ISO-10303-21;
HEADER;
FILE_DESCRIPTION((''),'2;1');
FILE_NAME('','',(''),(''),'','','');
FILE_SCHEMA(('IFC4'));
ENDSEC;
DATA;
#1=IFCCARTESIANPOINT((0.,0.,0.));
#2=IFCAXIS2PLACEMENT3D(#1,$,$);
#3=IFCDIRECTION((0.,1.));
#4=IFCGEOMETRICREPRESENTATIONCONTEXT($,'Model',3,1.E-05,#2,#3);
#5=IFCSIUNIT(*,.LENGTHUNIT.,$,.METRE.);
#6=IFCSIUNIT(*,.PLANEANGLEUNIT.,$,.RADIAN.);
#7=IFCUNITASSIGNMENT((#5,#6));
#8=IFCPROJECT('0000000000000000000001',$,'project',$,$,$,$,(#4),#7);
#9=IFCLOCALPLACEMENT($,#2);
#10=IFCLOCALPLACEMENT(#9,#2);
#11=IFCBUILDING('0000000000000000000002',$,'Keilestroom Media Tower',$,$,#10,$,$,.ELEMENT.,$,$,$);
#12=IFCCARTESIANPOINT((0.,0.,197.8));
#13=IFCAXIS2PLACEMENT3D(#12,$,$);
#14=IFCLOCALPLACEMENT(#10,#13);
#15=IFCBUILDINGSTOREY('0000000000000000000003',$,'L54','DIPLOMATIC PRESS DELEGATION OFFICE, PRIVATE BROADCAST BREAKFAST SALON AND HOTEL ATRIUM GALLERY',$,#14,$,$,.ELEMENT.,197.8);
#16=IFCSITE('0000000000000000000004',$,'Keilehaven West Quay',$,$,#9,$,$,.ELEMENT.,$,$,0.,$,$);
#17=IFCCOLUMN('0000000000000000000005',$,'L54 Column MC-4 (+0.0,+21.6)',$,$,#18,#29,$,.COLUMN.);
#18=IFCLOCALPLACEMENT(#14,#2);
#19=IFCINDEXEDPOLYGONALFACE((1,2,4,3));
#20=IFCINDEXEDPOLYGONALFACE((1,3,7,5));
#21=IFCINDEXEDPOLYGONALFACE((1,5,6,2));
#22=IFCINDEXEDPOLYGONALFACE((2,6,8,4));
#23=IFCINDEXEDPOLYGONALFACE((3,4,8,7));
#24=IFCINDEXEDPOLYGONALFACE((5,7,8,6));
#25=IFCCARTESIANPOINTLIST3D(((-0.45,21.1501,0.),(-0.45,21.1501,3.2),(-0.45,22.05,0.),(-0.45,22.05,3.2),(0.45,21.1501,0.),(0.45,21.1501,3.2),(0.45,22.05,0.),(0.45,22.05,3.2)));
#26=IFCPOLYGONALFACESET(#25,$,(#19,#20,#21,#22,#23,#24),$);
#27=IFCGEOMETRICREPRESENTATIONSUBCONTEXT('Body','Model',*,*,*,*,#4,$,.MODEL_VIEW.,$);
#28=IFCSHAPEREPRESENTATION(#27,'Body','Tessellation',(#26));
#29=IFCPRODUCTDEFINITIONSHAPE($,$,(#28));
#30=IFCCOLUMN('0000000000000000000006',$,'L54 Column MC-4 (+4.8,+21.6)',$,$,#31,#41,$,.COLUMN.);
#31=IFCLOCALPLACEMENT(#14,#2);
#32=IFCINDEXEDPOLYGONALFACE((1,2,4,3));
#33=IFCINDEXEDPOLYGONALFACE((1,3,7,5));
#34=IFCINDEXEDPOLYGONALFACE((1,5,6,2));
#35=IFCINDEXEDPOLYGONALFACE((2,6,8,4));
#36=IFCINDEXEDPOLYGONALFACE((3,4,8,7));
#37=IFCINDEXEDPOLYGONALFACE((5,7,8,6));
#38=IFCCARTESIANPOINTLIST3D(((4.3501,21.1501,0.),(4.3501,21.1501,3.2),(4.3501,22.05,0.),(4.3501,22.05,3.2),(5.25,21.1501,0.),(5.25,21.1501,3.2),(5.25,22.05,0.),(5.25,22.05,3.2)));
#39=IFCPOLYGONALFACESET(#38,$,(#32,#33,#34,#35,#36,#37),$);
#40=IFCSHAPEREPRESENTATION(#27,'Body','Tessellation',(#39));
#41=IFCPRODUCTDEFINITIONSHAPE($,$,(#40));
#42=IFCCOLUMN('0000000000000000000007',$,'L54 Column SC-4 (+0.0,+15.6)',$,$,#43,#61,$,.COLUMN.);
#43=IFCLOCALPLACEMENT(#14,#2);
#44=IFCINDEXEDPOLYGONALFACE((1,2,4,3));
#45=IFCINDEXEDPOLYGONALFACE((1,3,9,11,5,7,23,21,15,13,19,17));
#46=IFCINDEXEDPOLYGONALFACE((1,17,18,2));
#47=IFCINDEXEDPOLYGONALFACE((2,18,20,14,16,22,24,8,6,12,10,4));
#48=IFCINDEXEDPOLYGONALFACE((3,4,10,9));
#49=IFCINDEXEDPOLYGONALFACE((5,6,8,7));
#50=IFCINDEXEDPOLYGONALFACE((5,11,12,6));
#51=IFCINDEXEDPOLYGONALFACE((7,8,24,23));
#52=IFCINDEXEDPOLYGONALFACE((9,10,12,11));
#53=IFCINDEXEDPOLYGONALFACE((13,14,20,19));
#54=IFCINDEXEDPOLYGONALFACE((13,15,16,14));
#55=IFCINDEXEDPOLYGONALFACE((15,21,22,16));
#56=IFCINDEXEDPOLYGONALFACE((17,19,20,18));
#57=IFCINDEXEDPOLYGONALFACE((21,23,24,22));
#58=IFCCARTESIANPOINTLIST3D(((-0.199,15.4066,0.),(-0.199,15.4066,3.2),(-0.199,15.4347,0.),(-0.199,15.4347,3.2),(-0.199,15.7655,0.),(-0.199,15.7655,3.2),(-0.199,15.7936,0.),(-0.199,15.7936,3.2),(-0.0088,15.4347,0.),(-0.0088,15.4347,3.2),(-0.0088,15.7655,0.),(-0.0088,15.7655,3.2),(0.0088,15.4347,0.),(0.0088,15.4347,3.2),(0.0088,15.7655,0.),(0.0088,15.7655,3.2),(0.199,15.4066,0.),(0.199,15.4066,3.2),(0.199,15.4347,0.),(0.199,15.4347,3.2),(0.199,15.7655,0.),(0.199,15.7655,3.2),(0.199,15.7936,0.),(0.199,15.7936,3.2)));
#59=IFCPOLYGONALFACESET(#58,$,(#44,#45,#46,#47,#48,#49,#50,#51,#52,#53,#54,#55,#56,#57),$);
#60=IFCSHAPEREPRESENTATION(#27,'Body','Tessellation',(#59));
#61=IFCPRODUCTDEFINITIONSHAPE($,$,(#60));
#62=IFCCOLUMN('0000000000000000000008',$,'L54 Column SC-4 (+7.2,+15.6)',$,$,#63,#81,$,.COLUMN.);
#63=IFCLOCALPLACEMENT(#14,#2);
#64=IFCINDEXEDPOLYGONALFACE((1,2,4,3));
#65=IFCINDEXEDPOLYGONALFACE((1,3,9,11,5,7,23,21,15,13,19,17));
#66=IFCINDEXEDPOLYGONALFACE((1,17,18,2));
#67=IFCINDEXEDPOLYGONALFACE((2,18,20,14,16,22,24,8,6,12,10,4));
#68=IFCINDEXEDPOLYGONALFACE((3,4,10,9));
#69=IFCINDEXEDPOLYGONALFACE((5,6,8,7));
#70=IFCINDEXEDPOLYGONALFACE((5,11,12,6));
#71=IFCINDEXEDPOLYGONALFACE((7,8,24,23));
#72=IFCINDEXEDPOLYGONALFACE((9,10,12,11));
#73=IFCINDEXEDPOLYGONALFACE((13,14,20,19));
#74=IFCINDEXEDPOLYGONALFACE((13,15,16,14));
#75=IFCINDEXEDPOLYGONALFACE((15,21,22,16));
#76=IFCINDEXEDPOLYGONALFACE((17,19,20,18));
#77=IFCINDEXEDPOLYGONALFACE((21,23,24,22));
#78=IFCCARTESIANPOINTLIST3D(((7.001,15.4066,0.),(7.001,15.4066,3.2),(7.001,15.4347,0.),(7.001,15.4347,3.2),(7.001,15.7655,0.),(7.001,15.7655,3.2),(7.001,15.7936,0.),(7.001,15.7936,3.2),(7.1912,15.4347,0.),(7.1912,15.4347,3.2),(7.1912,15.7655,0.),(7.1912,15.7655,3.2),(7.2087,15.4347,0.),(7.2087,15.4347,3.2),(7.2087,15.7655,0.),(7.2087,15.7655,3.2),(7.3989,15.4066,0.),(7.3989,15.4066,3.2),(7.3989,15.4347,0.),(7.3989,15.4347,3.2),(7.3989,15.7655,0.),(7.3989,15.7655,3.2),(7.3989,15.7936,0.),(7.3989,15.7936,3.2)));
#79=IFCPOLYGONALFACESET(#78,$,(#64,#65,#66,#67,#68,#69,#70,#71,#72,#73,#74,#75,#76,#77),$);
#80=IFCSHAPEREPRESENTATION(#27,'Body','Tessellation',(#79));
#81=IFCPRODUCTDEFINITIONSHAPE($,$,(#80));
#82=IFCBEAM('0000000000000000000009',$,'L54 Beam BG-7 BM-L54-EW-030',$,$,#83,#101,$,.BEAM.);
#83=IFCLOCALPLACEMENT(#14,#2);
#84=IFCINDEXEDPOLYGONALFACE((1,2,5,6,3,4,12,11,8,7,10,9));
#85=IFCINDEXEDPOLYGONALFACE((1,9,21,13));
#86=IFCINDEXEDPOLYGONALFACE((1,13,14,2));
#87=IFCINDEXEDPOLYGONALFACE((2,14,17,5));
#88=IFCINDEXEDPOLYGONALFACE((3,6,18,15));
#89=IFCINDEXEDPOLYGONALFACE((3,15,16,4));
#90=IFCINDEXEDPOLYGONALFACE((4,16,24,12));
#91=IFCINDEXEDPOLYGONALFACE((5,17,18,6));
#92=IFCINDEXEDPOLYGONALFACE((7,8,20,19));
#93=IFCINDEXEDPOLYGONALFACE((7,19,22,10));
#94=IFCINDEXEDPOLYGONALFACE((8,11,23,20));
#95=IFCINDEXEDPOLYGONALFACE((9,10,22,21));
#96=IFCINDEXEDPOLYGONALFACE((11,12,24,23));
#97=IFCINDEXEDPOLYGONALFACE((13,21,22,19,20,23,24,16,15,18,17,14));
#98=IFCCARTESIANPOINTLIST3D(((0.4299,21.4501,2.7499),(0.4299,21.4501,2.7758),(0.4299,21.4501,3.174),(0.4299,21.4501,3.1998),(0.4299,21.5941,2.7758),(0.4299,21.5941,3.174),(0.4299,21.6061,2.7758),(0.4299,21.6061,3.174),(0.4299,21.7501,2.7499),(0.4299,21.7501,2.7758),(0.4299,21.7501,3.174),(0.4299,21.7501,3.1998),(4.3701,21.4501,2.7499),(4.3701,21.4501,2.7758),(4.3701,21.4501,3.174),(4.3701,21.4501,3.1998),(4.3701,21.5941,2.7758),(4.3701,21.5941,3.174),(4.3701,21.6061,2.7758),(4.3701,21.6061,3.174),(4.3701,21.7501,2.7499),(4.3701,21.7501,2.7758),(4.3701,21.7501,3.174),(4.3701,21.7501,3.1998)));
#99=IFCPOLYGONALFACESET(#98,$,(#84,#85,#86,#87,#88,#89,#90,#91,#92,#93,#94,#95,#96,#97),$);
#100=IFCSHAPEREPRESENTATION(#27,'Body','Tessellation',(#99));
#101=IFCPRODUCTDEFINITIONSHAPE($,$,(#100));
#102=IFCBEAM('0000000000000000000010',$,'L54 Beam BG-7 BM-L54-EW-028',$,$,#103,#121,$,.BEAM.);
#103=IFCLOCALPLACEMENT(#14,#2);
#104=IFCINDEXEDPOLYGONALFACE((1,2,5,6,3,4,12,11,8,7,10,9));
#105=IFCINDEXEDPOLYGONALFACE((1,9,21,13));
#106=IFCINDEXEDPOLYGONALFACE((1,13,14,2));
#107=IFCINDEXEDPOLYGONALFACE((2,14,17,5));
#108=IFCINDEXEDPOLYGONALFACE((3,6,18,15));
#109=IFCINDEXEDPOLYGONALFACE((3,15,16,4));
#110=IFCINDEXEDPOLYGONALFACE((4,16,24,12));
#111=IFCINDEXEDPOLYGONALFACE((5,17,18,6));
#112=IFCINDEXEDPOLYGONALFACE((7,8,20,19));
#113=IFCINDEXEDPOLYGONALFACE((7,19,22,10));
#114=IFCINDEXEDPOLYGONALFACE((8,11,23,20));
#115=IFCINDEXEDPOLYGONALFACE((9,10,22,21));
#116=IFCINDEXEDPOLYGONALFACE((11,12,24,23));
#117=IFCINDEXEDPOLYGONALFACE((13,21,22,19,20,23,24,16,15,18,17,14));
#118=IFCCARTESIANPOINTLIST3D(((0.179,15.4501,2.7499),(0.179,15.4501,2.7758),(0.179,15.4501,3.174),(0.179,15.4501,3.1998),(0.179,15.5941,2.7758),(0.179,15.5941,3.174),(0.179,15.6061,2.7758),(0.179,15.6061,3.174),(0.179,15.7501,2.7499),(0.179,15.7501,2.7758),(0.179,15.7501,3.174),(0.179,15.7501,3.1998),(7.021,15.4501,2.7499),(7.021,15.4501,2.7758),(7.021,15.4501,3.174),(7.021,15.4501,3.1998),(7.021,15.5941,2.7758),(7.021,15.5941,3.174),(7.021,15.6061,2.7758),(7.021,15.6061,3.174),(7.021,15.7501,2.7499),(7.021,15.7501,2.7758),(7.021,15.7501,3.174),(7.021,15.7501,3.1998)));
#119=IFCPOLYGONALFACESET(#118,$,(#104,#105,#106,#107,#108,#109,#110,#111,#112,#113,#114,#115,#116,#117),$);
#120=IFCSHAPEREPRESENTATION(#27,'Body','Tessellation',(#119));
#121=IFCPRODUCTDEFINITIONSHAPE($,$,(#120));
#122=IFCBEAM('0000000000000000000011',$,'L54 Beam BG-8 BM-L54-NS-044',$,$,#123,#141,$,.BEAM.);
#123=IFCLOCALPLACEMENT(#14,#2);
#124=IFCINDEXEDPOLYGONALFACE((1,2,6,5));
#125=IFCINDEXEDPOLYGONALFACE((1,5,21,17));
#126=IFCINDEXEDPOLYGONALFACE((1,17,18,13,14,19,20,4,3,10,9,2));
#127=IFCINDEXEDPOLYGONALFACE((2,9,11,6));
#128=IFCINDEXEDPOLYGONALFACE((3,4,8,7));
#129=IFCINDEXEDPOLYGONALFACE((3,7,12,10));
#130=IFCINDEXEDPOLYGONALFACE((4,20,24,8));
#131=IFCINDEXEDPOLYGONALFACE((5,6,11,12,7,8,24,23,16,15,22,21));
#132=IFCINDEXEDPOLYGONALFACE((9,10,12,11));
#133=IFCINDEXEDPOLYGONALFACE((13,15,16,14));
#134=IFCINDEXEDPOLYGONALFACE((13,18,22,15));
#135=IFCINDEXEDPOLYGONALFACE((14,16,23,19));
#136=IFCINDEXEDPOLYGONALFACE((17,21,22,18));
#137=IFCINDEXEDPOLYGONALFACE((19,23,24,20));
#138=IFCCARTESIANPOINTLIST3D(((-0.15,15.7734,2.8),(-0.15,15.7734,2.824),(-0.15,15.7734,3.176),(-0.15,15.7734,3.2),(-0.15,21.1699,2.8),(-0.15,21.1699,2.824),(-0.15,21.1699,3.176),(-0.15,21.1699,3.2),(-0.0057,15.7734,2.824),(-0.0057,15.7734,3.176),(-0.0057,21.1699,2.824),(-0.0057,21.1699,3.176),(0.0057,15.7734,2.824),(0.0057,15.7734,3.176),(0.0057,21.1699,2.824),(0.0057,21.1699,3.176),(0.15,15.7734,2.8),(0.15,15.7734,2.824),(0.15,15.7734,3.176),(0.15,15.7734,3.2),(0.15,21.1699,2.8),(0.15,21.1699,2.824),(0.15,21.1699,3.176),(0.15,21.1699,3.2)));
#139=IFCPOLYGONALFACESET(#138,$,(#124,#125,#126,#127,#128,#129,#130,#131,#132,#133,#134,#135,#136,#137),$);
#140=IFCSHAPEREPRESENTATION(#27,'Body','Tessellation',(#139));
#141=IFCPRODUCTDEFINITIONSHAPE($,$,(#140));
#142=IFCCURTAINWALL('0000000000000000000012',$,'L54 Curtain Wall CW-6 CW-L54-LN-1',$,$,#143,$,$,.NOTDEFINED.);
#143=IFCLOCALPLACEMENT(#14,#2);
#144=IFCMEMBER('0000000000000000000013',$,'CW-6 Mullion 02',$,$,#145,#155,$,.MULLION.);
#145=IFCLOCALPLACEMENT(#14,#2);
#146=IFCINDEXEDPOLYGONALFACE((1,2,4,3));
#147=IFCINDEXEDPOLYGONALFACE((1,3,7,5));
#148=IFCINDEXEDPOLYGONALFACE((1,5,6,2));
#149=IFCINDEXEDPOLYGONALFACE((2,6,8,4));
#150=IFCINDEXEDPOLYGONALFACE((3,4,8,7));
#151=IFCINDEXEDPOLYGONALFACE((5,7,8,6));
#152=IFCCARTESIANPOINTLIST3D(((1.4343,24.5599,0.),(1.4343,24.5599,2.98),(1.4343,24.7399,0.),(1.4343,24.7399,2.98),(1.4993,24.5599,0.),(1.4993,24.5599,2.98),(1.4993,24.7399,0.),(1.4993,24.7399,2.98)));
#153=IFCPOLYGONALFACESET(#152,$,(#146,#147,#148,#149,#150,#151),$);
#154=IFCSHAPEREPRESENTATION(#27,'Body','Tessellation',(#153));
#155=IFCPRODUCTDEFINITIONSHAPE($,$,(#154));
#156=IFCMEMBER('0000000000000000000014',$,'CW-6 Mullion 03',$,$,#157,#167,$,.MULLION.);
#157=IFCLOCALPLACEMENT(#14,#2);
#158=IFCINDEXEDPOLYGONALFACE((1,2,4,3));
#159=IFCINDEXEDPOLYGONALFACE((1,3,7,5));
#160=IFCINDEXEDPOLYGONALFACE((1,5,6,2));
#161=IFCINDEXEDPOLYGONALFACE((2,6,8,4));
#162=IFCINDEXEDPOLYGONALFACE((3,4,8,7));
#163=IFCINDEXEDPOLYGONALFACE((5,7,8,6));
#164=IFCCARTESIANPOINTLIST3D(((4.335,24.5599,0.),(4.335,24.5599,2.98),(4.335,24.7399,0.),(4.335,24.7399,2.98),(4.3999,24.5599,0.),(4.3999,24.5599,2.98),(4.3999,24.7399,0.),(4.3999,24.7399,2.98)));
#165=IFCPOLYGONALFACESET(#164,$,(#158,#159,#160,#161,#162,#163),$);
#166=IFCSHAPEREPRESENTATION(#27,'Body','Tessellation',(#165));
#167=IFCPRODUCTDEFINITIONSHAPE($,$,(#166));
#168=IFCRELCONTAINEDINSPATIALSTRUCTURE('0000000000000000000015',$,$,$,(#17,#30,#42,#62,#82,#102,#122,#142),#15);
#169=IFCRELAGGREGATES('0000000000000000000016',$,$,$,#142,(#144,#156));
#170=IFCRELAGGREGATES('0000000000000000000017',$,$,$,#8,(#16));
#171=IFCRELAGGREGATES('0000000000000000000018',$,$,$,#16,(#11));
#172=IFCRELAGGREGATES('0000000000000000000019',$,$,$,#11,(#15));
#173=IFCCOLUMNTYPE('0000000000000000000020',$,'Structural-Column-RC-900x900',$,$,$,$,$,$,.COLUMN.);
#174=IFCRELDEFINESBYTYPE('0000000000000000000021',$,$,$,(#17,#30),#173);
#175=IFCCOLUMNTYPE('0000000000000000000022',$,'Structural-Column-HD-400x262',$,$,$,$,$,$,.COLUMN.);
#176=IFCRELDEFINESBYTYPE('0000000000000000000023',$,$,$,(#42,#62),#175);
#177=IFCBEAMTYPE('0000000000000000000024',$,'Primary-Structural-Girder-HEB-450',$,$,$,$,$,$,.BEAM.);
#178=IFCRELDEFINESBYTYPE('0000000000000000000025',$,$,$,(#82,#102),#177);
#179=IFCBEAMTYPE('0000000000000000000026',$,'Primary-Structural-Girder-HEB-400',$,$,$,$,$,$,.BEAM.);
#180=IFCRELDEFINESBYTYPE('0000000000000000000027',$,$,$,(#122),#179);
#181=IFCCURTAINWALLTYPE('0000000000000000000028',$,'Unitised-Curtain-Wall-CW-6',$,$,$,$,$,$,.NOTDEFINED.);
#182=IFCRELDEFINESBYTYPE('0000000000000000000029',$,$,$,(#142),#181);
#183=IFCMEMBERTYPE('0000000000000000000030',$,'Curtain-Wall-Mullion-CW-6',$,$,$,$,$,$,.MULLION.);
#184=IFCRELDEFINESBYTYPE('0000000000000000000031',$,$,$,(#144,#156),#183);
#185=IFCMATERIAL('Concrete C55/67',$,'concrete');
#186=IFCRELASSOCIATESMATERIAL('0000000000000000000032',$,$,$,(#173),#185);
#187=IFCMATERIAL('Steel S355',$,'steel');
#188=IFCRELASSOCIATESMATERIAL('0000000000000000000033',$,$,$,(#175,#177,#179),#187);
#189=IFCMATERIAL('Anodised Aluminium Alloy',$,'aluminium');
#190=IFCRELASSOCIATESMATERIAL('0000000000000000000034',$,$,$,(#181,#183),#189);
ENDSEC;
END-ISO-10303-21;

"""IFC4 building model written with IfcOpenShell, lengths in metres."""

from ifc_helpers import new_model, si_unit, direction, frame, origin, origin_2d, place, context, subcontext, project, spatial, rectangle, i_section, extrude, source, transform, mapped, material, material_profile, profile_set, type_object, element, aggregate, save


model = new_model("IFC4")

# Units and contexts
model_context = context("Model", 3, precision=1e-05, world=origin(), true_north=direction((0.0, 1.0)))
body_context = subcontext(model_context, "Body", "Model", "MODEL_VIEW")
ifc_project = project(units=[si_unit("LENGTHUNIT", "METRE"), si_unit("PLANEANGLEUNIT", "RADIAN")], contexts=[model_context])

# Site, building, storey
site_placement = place(None, origin())
site = spatial("IfcSite", under=ifc_project, at=site_placement, Name="Keilehaven West Quay", CompositionType="ELEMENT", RefElevation=0.0)
building_placement = place(site_placement, origin())
building = spatial("IfcBuilding", under=site, at=building_placement, Name="Keilestroom Media Tower", CompositionType="ELEMENT")
storey_placement = place(building_placement, frame((0.0, 0.0, 197.8)))
storey = spatial("IfcBuildingStorey", under=building, at=storey_placement, Name="L54", Description="DIPLOMATIC PRESS DELEGATION OFFICE, PRIVATE BROADCAST BREAKFAST SALON AND HOTEL ATRIUM GALLERY", CompositionType="ELEMENT", Elevation=197.8)

# Columns
ifc_material_1 = material(Name="Concrete C55/67", Category="concrete")
ifc_material_profile_1 = material_profile(ifc_material_1, rectangle(XDim=0.8999, YDim=0.8999, at=origin_2d()), Name="RC 900x900")
ifc_profile_set_1 = profile_set([ifc_material_profile_1], Name="Concrete C55/67")
column_type_1 = type_object("IfcColumnType", Name="Structural-Column-RC-900x900", PredefinedType="COLUMN", material=ifc_profile_set_1)
shared_shape_1 = source(origin(), body_context, "Body", "SweptSolid", [
    extrude(rectangle(XDim=0.8999, YDim=0.8999, at=origin_2d()), origin(), (0.0, 0.0, 1.0), 3.2),
])
for number, where, z_axis, x_axis, name in (
    (1, (0.0, 21.6001, 0.0), (0.0, 0.0, 1.0), (1.0, 0.0, 0.0), "L54 Column MC-4 (+0.0,+21.6)"),
    (2, (4.8, 21.6001, 0.0), (0.0, 0.0, 1.0), (1.0, 0.0, 0.0), "L54 Column MC-4 (+4.8,+21.6)"),
):
    element("IfcColumn", number, at=place(storey_placement, frame(where, z_axis=z_axis, x_axis=x_axis)), inside=storey, type_object=column_type_1, Name=name, PredefinedType="COLUMN", context=body_context, shape_type="MappedRepresentation", body=[
        mapped(shared_shape_1, transform((0.0, 0.0, 0.0), x_axis=(1.0, 0.0, 0.0), y_axis=(0.0, 1.0, 0.0), z_axis=(0.0, 0.0, 1.0), scale=1.0)),
    ])
ifc_material_2 = material(Name="Steel S355", Category="steel")
ifc_material_profile_2 = material_profile(ifc_material_2, i_section(OverallWidth=0.3979, OverallDepth=0.387, WebThickness=0.0176, FlangeThickness=0.0281, at=origin_2d()), Name="HD 400x262")
ifc_profile_set_2 = profile_set([ifc_material_profile_2], Name="Steel S355")
column_type_2 = type_object("IfcColumnType", Name="Structural-Column-HD-400x262", PredefinedType="COLUMN", material=ifc_profile_set_2)
shared_shape_2 = source(origin(), body_context, "Body", "SweptSolid", [
    extrude(i_section(OverallWidth=0.3979, OverallDepth=0.387, WebThickness=0.0176, FlangeThickness=0.0281, at=origin_2d()), origin(), (0.0, 0.0, 1.0), 3.2),
])
for number, where, z_axis, x_axis, name in (
    (3, (0.0, 15.6001, 0.0), (0.0, 0.0, 1.0), (1.0, 0.0, 0.0), "L54 Column SC-4 (+0.0,+15.6)"),
    (4, (7.2, 15.6001, 0.0), (0.0, 0.0, 1.0), (1.0, 0.0, 0.0), "L54 Column SC-4 (+7.2,+15.6)"),
):
    element("IfcColumn", number, at=place(storey_placement, frame(where, z_axis=z_axis, x_axis=x_axis)), inside=storey, type_object=column_type_2, Name=name, PredefinedType="COLUMN", context=body_context, shape_type="MappedRepresentation", body=[
        mapped(shared_shape_2, transform((0.0, 0.0, 0.0), x_axis=(1.0, 0.0, 0.0), y_axis=(0.0, 1.0, 0.0), z_axis=(0.0, 0.0, 1.0), scale=1.0)),
    ])

# Beams
ifc_material_profile_3 = material_profile(ifc_material_2, i_section(OverallWidth=0.3, OverallDepth=0.45, WebThickness=0.012, FlangeThickness=0.0259, at=origin_2d()), Name="HEB 450")
ifc_profile_set_3 = profile_set([ifc_material_profile_3], Name="Steel S355")
beam_type_1 = type_object("IfcBeamType", Name="Primary-Structural-Girder-HEB-450", PredefinedType="BEAM", material=ifc_profile_set_3)
shared_shape_3 = source(origin(), body_context, "Body", "SweptSolid", [
    extrude(i_section(OverallWidth=0.3, OverallDepth=0.45, WebThickness=0.012, FlangeThickness=0.0259, at=origin_2d()), origin(), (0.0, 0.0, 1.0), 3.9402),
])
beam_1_placement = place(storey_placement, frame((0.4299, 21.6001, 2.9749), z_axis=(1.0, 0.0, 0.0), x_axis=(0.0, 1.0, 0.0)))
element("IfcBeam", 5, at=beam_1_placement, inside=storey, type_object=beam_type_1, Name="L54 Beam BG-7 BM-L54-EW-030", PredefinedType="BEAM", context=body_context, shape_type="MappedRepresentation", body=[
    mapped(shared_shape_3, transform((0.0, 0.0, 0.0), x_axis=(1.0, 0.0, 0.0), y_axis=(0.0, 1.0, 0.0), z_axis=(0.0, 0.0, 1.0), scale=1.0)),
])
shared_shape_4 = source(origin(), body_context, "Body", "SweptSolid", [
    extrude(i_section(OverallWidth=0.3, OverallDepth=0.45, WebThickness=0.012, FlangeThickness=0.0259, at=origin_2d()), origin(), (0.0, 0.0, 1.0), 6.842),
])
beam_2_placement = place(storey_placement, frame((0.179, 15.6001, 2.9749), z_axis=(1.0, 0.0, 0.0), x_axis=(0.0, 1.0, 0.0)))
element("IfcBeam", 6, at=beam_2_placement, inside=storey, type_object=beam_type_1, Name="L54 Beam BG-7 BM-L54-EW-028", PredefinedType="BEAM", context=body_context, shape_type="MappedRepresentation", body=[
    mapped(shared_shape_4, transform((0.0, 0.0, 0.0), x_axis=(1.0, 0.0, 0.0), y_axis=(0.0, 1.0, 0.0), z_axis=(0.0, 0.0, 1.0), scale=1.0)),
])
ifc_material_profile_4 = material_profile(ifc_material_2, i_section(OverallWidth=0.3, OverallDepth=0.3999, WebThickness=0.0115, FlangeThickness=0.0239, at=origin_2d()), Name="HEB 400")
ifc_profile_set_4 = profile_set([ifc_material_profile_4], Name="Steel S355")
beam_type_2 = type_object("IfcBeamType", Name="Primary-Structural-Girder-HEB-400", PredefinedType="BEAM", material=ifc_profile_set_4)
shared_shape_5 = source(origin(), body_context, "Body", "SweptSolid", [
    extrude(i_section(OverallWidth=0.3, OverallDepth=0.3999, WebThickness=0.0115, FlangeThickness=0.0239, at=origin_2d()), origin(), (0.0, 0.0, 1.0), 5.3965),
])
beam_3_placement = place(storey_placement, frame((0.0, 15.7734, 3.0), z_axis=(0.0, 1.0, 0.0), x_axis=(-1.0, 0.0, 0.0)))
element("IfcBeam", 7, at=beam_3_placement, inside=storey, type_object=beam_type_2, Name="L54 Beam BG-8 BM-L54-NS-044", PredefinedType="BEAM", context=body_context, shape_type="MappedRepresentation", body=[
    mapped(shared_shape_5, transform((0.0, 0.0, 0.0), x_axis=(1.0, 0.0, 0.0), y_axis=(0.0, 1.0, 0.0), z_axis=(0.0, 0.0, 1.0), scale=1.0)),
])

# Curtain wall, members
ifc_material_3 = material(Name="Anodised Aluminium Alloy", Category="aluminium")
curtain_wall_type = type_object("IfcCurtainWallType", Name="Unitised-Curtain-Wall-CW-6", PredefinedType="NOTDEFINED", material=ifc_material_3)
curtain_wall_placement = place(storey_placement, origin())
curtain_wall = element("IfcCurtainWall", 8, at=curtain_wall_placement, inside=storey, type_object=curtain_wall_type, Name="L54 Curtain Wall CW-6 CW-L54-LN-1", PredefinedType="NOTDEFINED")
ifc_material_profile_5 = material_profile(ifc_material_3, rectangle(XDim=0.0649, YDim=0.1799, at=origin_2d()), Name="ALU MULLION 65x180")
ifc_profile_set_5 = profile_set([ifc_material_profile_5], Name="Anodised Aluminium Alloy")
member_type_1 = type_object("IfcMemberType", Name="Curtain-Wall-Mullion-CW-6", PredefinedType="MULLION", material=ifc_profile_set_5)
shared_shape_6 = source(origin(), body_context, "Body", "SweptSolid", [
    extrude(rectangle(XDim=0.0649, YDim=0.1799, at=origin_2d()), origin(), (0.0, 0.0, 1.0), 2.98),
])
member_1_placement = place(storey_placement, frame((1.4668, 24.6499, 0.0), z_axis=(0.0, 0.0, 1.0), x_axis=(1.0, 0.0, 0.0)))
member_1 = element("IfcMember", 9, at=member_1_placement, type_object=member_type_1, Name="CW-6 Mullion 02", PredefinedType="MULLION", context=body_context, shape_type="MappedRepresentation", body=[
    mapped(shared_shape_6, transform((0.0, 0.0, 0.0), x_axis=(1.0, 0.0, 0.0), y_axis=(0.0, 1.0, 0.0), z_axis=(0.0, 0.0, 1.0), scale=1.0)),
])
member_2_placement = place(storey_placement, frame((4.3674, 24.6499, 0.0), z_axis=(0.0, 0.0, 1.0), x_axis=(1.0, 0.0, 0.0)))
member_2 = element("IfcMember", 10, at=member_2_placement, type_object=member_type_1, Name="CW-6 Mullion 03", PredefinedType="MULLION", context=body_context, shape_type="MappedRepresentation", body=[
    mapped(shared_shape_6, transform((0.0, 0.0, 0.0), x_axis=(1.0, 0.0, 0.0), y_axis=(0.0, 1.0, 0.0), z_axis=(0.0, 0.0, 1.0), scale=1.0)),
])
aggregate(curtain_wall, [member_1, member_2])

save(model, "model.ifc")
